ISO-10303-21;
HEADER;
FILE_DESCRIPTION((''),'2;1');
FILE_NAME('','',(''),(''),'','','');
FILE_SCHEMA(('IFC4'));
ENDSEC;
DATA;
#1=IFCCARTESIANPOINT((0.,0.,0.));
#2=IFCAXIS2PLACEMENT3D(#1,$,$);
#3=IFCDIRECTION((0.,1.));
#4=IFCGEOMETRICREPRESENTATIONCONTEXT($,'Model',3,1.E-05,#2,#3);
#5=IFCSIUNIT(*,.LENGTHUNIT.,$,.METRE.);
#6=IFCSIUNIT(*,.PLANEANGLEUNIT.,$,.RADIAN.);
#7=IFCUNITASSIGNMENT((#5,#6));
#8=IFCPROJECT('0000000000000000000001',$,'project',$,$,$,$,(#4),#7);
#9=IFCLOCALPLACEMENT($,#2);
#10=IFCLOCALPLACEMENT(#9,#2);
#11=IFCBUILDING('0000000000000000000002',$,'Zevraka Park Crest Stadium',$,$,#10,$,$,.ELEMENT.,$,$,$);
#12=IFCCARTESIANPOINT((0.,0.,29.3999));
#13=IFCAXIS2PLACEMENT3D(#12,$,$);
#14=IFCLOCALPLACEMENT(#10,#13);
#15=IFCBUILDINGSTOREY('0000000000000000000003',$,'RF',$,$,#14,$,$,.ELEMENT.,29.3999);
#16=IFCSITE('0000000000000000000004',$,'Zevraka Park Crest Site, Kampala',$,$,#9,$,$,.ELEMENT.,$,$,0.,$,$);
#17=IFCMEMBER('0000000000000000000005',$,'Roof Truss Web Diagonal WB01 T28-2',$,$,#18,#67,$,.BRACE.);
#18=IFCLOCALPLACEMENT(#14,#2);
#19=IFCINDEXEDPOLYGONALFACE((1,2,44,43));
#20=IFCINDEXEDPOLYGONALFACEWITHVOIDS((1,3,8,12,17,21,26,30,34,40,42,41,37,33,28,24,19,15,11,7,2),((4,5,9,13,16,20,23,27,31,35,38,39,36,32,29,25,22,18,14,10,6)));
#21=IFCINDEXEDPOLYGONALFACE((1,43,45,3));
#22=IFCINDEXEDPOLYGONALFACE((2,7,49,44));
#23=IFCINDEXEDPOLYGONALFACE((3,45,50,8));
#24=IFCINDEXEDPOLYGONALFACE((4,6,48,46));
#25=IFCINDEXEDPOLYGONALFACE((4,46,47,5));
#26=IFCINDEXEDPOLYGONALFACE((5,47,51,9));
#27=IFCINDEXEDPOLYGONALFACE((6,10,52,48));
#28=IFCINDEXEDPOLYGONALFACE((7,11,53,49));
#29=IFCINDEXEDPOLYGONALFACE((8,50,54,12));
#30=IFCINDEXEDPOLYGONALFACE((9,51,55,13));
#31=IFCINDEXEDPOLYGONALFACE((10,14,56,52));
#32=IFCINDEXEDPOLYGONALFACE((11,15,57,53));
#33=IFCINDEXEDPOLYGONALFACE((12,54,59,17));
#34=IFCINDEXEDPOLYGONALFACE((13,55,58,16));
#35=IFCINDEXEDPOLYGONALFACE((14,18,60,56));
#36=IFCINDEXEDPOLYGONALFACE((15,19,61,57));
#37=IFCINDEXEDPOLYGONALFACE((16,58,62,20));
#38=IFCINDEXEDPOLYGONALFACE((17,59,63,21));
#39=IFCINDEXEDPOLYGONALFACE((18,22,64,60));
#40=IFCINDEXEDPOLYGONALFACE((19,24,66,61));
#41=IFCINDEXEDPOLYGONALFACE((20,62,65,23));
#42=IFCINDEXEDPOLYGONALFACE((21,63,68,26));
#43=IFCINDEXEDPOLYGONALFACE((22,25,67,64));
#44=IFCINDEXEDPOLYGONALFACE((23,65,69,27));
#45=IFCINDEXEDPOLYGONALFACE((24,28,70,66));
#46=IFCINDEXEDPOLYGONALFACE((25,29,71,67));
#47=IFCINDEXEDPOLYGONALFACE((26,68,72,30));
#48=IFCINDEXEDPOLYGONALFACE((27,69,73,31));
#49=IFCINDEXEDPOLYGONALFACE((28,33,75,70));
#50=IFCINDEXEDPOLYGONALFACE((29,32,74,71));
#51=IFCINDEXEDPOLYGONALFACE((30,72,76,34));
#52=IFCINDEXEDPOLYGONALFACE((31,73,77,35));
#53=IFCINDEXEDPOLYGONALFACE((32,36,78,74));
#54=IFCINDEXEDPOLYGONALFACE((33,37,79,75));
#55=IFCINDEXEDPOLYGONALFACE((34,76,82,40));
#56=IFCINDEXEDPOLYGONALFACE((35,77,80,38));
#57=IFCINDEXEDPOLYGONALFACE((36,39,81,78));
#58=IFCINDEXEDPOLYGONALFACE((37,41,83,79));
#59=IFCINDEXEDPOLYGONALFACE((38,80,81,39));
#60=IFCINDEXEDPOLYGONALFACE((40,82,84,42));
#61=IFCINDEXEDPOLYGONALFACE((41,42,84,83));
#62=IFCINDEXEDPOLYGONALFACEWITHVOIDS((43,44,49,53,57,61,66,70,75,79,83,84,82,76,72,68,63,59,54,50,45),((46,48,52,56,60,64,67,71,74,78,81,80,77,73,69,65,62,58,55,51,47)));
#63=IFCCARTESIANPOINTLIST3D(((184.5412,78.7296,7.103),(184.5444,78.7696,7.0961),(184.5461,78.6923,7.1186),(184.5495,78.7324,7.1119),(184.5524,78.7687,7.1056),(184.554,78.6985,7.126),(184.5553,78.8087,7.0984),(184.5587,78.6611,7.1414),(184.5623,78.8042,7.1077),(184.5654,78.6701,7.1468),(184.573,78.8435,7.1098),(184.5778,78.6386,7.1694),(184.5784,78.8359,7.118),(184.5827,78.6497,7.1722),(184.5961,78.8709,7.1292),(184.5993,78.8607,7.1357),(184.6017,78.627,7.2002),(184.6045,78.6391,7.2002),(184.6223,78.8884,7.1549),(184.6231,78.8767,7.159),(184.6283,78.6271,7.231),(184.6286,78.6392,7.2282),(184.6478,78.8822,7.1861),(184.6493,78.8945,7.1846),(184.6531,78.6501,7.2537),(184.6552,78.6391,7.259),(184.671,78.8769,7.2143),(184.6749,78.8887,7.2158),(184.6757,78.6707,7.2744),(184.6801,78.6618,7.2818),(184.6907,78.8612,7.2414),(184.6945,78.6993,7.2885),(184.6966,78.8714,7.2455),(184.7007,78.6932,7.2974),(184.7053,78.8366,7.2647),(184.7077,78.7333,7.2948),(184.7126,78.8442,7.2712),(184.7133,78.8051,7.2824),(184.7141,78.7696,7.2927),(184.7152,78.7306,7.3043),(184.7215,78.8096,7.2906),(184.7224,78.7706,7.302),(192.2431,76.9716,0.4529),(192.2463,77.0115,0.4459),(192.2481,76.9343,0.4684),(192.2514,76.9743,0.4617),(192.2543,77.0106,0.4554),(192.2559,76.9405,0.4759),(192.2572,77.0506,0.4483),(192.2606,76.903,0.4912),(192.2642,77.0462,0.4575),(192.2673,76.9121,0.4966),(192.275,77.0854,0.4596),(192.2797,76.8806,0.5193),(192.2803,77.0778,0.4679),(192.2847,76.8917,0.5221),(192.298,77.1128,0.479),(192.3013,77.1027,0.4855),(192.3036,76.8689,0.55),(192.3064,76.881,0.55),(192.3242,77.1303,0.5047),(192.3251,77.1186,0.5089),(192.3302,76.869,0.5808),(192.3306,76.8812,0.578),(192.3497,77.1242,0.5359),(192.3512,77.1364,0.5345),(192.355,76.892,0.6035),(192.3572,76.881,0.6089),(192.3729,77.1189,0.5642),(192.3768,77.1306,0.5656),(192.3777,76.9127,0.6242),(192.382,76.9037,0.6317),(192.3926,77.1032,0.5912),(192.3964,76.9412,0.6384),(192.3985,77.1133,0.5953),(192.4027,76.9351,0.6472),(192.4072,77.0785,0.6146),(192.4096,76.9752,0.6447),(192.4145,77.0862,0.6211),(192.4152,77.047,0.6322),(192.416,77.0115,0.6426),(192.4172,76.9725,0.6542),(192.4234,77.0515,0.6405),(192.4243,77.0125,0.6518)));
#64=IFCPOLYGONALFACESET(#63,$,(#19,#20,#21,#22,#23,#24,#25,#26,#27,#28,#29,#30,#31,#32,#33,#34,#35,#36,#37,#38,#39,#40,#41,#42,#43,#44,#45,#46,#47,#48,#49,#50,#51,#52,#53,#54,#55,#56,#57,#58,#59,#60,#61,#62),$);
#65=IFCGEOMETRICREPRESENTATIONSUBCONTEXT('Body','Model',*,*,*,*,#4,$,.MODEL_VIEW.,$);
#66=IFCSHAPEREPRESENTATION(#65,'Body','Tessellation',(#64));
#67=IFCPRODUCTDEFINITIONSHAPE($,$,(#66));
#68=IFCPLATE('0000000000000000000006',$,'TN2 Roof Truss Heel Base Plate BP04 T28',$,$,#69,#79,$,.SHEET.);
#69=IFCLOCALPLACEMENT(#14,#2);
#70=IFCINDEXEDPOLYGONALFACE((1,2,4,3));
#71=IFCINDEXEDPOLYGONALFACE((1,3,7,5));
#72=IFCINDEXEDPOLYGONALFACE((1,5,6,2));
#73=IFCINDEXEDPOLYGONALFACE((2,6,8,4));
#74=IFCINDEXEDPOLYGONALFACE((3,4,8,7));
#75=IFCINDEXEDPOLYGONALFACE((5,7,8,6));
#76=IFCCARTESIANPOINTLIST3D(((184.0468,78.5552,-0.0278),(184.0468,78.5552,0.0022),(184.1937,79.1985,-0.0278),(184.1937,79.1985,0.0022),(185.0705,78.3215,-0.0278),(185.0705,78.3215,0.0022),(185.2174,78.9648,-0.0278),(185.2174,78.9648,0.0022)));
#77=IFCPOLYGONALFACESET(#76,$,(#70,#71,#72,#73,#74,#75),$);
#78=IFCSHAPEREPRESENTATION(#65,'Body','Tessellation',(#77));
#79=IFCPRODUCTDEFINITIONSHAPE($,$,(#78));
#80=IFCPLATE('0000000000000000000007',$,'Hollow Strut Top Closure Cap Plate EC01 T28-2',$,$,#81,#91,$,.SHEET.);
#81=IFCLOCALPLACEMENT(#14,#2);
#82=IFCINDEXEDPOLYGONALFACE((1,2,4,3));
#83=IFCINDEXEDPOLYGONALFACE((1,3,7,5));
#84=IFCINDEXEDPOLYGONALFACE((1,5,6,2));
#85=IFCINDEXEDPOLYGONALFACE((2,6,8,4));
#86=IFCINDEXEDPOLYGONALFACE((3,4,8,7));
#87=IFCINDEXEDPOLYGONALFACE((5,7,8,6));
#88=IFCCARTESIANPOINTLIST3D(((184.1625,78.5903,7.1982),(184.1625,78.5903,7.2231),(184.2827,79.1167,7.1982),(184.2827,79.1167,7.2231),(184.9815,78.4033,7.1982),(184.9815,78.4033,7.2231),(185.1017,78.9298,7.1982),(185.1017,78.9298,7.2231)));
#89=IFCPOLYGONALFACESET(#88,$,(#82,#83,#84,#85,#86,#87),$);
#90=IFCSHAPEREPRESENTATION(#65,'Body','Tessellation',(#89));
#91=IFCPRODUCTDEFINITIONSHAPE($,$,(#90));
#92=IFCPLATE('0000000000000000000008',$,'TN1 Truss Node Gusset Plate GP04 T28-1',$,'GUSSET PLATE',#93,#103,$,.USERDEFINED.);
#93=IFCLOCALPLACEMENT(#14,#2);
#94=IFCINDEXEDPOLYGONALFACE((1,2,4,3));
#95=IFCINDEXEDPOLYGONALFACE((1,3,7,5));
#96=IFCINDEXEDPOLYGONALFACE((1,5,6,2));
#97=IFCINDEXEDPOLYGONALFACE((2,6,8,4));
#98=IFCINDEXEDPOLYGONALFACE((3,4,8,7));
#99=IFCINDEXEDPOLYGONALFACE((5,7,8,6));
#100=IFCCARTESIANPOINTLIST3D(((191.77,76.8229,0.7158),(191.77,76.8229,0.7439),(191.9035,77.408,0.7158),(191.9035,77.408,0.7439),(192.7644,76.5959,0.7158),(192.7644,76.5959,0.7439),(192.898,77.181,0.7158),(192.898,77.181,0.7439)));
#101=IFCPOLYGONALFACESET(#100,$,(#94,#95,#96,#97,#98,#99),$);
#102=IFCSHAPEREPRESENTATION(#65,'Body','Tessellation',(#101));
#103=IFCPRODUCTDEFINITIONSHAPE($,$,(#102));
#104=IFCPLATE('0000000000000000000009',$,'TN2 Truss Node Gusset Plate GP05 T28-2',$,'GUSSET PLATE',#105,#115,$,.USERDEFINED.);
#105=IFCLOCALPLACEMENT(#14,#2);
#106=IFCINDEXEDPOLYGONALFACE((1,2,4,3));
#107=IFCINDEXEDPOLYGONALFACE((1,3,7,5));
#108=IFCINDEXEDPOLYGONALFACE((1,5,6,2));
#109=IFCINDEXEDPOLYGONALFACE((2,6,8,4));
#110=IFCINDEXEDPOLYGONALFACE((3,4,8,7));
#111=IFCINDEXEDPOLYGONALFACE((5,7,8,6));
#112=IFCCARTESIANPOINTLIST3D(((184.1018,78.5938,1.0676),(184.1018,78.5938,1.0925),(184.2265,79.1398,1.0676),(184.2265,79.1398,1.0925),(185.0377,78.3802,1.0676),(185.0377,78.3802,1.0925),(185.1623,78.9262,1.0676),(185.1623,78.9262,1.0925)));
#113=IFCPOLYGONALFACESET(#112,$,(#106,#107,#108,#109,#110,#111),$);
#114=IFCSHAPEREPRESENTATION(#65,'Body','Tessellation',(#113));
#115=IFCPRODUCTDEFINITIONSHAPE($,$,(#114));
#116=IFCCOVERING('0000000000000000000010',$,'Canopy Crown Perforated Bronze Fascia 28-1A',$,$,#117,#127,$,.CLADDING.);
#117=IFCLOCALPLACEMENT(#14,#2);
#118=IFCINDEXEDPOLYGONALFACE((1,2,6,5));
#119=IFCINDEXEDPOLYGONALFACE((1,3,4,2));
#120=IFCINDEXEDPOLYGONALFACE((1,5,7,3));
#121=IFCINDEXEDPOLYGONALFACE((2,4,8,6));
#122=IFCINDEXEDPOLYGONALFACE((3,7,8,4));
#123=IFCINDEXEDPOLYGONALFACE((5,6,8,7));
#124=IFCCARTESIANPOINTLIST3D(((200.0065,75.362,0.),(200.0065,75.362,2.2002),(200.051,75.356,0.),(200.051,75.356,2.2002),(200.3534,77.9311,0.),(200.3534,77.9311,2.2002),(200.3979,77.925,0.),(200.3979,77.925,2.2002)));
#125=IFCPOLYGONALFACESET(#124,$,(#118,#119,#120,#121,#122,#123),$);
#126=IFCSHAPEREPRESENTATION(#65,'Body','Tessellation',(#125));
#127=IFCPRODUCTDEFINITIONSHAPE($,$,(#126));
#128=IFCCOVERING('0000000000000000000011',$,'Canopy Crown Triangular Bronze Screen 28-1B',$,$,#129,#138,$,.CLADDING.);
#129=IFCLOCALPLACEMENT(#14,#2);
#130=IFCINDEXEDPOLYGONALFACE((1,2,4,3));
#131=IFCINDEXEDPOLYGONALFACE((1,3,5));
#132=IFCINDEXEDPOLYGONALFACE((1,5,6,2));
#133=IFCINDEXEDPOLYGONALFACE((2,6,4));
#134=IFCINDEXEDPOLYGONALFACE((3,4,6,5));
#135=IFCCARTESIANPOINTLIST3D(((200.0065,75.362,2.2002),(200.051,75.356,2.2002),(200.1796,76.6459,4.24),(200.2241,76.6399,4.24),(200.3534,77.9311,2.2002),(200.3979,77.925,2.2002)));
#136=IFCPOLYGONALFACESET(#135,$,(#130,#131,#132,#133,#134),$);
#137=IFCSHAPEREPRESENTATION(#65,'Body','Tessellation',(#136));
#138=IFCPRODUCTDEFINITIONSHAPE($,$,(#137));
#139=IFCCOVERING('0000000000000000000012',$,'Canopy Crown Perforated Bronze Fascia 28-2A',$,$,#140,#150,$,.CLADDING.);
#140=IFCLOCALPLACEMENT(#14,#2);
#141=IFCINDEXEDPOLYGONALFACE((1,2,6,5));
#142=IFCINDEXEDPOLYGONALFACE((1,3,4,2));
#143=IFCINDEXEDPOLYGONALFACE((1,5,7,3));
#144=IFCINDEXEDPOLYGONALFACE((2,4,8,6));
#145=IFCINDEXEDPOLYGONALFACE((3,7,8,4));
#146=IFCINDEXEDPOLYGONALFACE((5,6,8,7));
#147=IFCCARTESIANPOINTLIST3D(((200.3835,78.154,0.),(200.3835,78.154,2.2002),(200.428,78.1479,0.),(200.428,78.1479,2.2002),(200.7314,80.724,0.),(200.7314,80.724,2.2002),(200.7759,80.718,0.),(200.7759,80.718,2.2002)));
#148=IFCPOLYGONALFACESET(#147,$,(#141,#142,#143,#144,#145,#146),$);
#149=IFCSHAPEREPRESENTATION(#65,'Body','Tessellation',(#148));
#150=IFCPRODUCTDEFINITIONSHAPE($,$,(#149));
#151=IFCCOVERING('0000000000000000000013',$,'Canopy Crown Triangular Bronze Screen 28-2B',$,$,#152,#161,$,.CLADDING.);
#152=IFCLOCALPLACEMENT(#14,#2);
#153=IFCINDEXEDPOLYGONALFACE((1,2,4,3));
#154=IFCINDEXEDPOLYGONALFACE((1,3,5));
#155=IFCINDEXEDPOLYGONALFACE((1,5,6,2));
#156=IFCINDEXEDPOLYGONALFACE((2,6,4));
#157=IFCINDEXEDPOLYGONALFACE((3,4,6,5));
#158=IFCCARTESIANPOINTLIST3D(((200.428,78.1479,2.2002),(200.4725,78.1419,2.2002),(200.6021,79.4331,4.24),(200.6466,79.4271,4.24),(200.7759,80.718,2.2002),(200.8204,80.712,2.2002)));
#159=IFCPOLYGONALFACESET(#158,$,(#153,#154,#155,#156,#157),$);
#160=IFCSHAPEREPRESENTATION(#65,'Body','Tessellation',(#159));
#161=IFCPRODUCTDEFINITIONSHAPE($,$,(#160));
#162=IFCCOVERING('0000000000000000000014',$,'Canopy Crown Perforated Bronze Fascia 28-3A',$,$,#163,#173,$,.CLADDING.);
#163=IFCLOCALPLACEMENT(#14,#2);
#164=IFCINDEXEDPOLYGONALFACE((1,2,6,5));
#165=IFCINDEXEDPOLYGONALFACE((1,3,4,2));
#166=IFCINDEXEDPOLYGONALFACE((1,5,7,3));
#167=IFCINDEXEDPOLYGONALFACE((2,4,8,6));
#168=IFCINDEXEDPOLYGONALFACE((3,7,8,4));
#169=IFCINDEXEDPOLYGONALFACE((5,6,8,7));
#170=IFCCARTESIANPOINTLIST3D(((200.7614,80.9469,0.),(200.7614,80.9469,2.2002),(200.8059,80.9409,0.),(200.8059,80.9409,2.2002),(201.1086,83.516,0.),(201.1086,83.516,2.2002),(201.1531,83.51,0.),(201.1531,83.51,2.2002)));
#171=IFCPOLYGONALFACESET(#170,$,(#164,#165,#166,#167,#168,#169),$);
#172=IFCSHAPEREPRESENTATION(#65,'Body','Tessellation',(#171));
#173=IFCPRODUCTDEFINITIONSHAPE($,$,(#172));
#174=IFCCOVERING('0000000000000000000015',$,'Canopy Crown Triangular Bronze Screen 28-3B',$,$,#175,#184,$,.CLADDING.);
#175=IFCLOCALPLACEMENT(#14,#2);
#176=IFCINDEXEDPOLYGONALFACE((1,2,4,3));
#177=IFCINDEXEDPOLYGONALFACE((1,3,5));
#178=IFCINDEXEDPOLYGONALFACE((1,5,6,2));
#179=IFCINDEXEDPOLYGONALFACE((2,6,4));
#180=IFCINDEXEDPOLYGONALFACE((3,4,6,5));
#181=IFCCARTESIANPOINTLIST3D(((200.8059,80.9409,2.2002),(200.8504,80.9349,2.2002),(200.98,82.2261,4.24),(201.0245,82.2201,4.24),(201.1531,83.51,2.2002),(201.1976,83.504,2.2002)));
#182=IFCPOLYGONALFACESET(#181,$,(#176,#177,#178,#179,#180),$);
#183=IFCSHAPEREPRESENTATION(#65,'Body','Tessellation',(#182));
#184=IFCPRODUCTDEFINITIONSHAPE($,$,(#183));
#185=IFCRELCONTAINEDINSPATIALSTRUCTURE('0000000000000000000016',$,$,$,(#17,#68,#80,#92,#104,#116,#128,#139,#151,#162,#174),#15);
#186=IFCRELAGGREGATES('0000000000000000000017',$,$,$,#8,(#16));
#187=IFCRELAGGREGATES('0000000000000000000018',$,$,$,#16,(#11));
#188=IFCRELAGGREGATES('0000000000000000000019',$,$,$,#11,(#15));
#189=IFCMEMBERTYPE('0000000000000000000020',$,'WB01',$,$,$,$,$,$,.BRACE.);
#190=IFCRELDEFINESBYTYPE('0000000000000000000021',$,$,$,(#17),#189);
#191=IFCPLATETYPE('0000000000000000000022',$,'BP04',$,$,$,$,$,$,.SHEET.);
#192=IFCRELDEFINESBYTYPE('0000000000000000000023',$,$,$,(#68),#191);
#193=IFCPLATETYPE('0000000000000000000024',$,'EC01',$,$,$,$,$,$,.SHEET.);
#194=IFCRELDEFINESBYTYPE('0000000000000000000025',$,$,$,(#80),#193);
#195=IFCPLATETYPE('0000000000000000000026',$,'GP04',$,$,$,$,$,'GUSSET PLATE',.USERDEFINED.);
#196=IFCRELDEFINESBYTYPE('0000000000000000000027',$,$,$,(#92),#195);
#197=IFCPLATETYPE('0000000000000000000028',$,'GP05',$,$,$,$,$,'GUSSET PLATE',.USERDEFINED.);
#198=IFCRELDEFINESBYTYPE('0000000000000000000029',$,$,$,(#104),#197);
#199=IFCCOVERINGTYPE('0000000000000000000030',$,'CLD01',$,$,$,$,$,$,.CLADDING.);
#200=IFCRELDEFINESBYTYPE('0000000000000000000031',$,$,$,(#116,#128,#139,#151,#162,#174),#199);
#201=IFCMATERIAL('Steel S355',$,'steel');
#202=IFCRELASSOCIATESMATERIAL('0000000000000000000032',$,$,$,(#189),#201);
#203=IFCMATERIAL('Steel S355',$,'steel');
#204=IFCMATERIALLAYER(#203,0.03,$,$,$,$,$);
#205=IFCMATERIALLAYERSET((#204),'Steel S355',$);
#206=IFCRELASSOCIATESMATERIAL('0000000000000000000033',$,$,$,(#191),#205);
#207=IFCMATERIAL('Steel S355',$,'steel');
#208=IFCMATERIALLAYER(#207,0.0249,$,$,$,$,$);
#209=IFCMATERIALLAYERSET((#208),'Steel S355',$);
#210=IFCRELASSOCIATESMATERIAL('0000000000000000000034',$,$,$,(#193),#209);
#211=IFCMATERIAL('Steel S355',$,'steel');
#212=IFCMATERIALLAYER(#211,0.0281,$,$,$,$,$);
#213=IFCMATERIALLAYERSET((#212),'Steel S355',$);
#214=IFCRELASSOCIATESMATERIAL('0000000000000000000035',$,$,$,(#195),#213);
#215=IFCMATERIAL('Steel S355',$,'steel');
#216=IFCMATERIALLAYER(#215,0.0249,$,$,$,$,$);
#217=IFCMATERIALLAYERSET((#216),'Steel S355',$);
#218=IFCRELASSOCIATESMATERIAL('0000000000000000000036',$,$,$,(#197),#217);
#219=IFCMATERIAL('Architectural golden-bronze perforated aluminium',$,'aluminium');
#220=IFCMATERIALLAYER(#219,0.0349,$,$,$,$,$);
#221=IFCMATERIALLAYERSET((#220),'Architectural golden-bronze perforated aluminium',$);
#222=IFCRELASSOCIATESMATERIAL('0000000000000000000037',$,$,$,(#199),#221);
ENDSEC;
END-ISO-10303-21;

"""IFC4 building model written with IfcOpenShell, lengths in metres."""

from ifc_helpers import new_model, si_unit, direction, frame, origin, origin_2d, place, context, subcontext, project, spatial, polyline, rectangle, hollow_circle, outline, extrude, material, layer, layer_set, material_profile, profile_set, type_object, element, save


model = new_model("IFC4")

# Units and contexts
model_context = context("Model", 3, precision=1e-05, world=origin(), true_north=direction((0.0, 1.0)))
body_context = subcontext(model_context, "Body", "Model", "MODEL_VIEW")
ifc_project = project(units=[si_unit("LENGTHUNIT", "METRE"), si_unit("PLANEANGLEUNIT", "RADIAN")], contexts=[model_context])

# Site, building, storey
site_placement = place(None, origin())
site = spatial("IfcSite", under=ifc_project, at=site_placement, Name="Zevraka Park Crest Site, Kampala", CompositionType="ELEMENT", RefElevation=0.0)
building_placement = place(site_placement, origin())
building = spatial("IfcBuilding", under=site, at=building_placement, Name="Zevraka Park Crest Stadium", CompositionType="ELEMENT")
storey_placement = place(building_placement, frame((0.0, 0.0, 29.3999)))
storey = spatial("IfcBuildingStorey", under=building, at=storey_placement, Name="RF", CompositionType="ELEMENT", Elevation=29.3999)

# Member
ifc_material_1 = material(Name="Steel S355", Category="steel")
ifc_material_profile_1 = material_profile(ifc_material_1, hollow_circle(Radius=0.1365, WallThickness=0.0125, at=origin_2d()), Name="CHS 273.0x12.5")
ifc_profile_set_1 = profile_set([ifc_material_profile_1], Name="Steel S355")
member_type_1 = type_object("IfcMemberType", Name="WB01", PredefinedType="BRACE", material=ifc_profile_set_1)
member_1_placement = place(storey_placement, frame((192.334, 77.002, 0.55), z_axis=(-0.745846, 0.170249, 0.643995), x_axis=(-0.222539, -0.974924, 0.0)))
element("IfcMember", 1, at=member_1_placement, inside=storey, type_object=member_type_1, Name="Roof Truss Web Diagonal WB01 T28-2", PredefinedType="BRACE", context=body_context, shape_type="SweptSolid", body=[
    extrude(hollow_circle(Radius=0.1365, WallThickness=0.0125, at=origin_2d()), origin(), (0.0, 0.0, 1.0), 10.3264),
])

# Plates
ifc_material_2 = material(Name="Steel S355", Category="steel")
ifc_layer_1 = layer(ifc_material_2, 0.03)
ifc_layer_set_1 = layer_set([ifc_layer_1], Name="Steel S355")
plate_type_1 = type_object("IfcPlateType", Name="BP04", PredefinedType="SHEET", material=ifc_layer_set_1)
plate_1_placement = place(storey_placement, frame((184.6321, 78.76, -0.0278), z_axis=(0.0, 0.0, 1.0), x_axis=(-0.974917, 0.22257, 0.0)))
element("IfcPlate", 2, at=plate_1_placement, inside=storey, type_object=plate_type_1, Name="TN2 Roof Truss Heel Base Plate BP04 T28", PredefinedType="SHEET", context=body_context, shape_type="SweptSolid", body=[
    extrude(rectangle(XDim=1.05, YDim=0.6599, at=origin_2d()), origin(), (0.0, 0.0, 1.0), 0.03),
])
ifc_material_3 = material(Name="Steel S355", Category="steel")
ifc_layer_2 = layer(ifc_material_3, 0.0249)
ifc_layer_set_2 = layer_set([ifc_layer_2], Name="Steel S355")
plate_type_2 = type_object("IfcPlateType", Name="EC01", PredefinedType="SHEET", material=ifc_layer_set_2)
plate_2_placement = place(storey_placement, frame((184.6321, 78.76, 7.1982), z_axis=(0.0, 0.0, 1.0), x_axis=(-0.974917, 0.22257, 0.0)))
element("IfcPlate", 3, at=plate_2_placement, inside=storey, type_object=plate_type_2, Name="Hollow Strut Top Closure Cap Plate EC01 T28-2", PredefinedType="SHEET", context=body_context, shape_type="SweptSolid", body=[
    extrude(rectangle(XDim=0.8401, YDim=0.54, at=origin_2d()), origin(), (0.0, 0.0, 1.0), 0.0249),
])
ifc_material_4 = material(Name="Steel S355", Category="steel")
ifc_layer_3 = layer(ifc_material_4, 0.0281)
ifc_layer_set_3 = layer_set([ifc_layer_3], Name="Steel S355")
plate_type_3 = type_object("IfcPlateType", Name="GP04", ElementType="GUSSET PLATE", PredefinedType="USERDEFINED", material=ifc_layer_set_3)
plate_3_placement = place(storey_placement, frame((192.334, 77.002, 0.7158), z_axis=(0.0, 0.0, 1.0), x_axis=(-0.974917, 0.22257, 0.0)))
element("IfcPlate", 4, at=plate_3_placement, inside=storey, type_object=plate_type_3, Name="TN1 Truss Node Gusset Plate GP04 T28-1", ObjectType="GUSSET PLATE", PredefinedType="USERDEFINED", context=body_context, shape_type="SweptSolid", body=[
    extrude(rectangle(XDim=1.02, YDim=0.6001, at=origin_2d()), origin(), (0.0, 0.0, 1.0), 0.0281),
])
ifc_material_5 = material(Name="Steel S355", Category="steel")
ifc_layer_4 = layer(ifc_material_5, 0.0249)
ifc_layer_set_4 = layer_set([ifc_layer_4], Name="Steel S355")
plate_type_4 = type_object("IfcPlateType", Name="GP05", ElementType="GUSSET PLATE", PredefinedType="USERDEFINED", material=ifc_layer_set_4)
plate_4_placement = place(storey_placement, frame((184.6321, 78.76, 1.0676), z_axis=(0.0, 0.0, 1.0), x_axis=(-0.974917, 0.22257, 0.0)))
element("IfcPlate", 5, at=plate_4_placement, inside=storey, type_object=plate_type_4, Name="TN2 Truss Node Gusset Plate GP05 T28-2", ObjectType="GUSSET PLATE", PredefinedType="USERDEFINED", context=body_context, shape_type="SweptSolid", body=[
    extrude(rectangle(XDim=0.96, YDim=0.5601, at=origin_2d()), origin(), (0.0, 0.0, 1.0), 0.0249),
])

# Coverings
ifc_material_6 = material(Name="Architectural golden-bronze perforated aluminium", Category="aluminium")
ifc_layer_5 = layer(ifc_material_6, 0.0349)
ifc_layer_set_5 = layer_set([ifc_layer_5], Name="Architectural golden-bronze perforated aluminium")
covering_type = type_object("IfcCoveringType", Name="CLD01", PredefinedType="CLADDING", material=ifc_layer_set_5)
covering_1_placement = place(storey_placement, frame((200.051, 75.356, 0.0), z_axis=(0.991005, -0.133823, 0.0), x_axis=(0.133823, 0.991005, 0.0)))
element("IfcCovering", 6, at=covering_1_placement, inside=storey, type_object=covering_type, Name="Canopy Crown Perforated Bronze Fascia 28-1A", PredefinedType="CLADDING", context=body_context, shape_type="SweptSolid", body=[
    extrude(outline(polyline([(0.0, 0.0), (2.5924, 0.0), (2.5924, 2.2002), (0.0, 2.2002), (0.0, 0.0)])), origin(), (0.0, 0.0, -1.0), 0.0449),
])
covering_2_placement = place(storey_placement, frame((200.051, 75.356, 2.2002), z_axis=(0.991005, -0.133823, 0.000138), x_axis=(0.133823, 0.991005, 0.0)))
element("IfcCovering", 7, at=covering_2_placement, inside=storey, type_object=covering_type, Name="Canopy Crown Triangular Bronze Screen 28-1B", PredefinedType="CLADDING", context=body_context, shape_type="SweptSolid", body=[
    extrude(outline(polyline([(0.0, 0.0), (2.5924, 0.0), (1.2956, 2.0398), (0.0, 0.0)])), origin(), (0.0, 0.0, -1.0), 0.0449),
])
covering_3_placement = place(storey_placement, frame((200.428, 78.1479, 0.0), z_axis=(0.990962, -0.134143, 0.0), x_axis=(0.134143, 0.990962, 0.0)))
element("IfcCovering", 8, at=covering_3_placement, inside=storey, type_object=covering_type, Name="Canopy Crown Perforated Bronze Fascia 28-2A", PredefinedType="CLADDING", context=body_context, shape_type="SweptSolid", body=[
    extrude(outline(polyline([(0.0, 0.0), (2.5935, 0.0), (2.5935, 2.2002), (0.0, 2.2002), (0.0, 0.0)])), origin(), (0.0, 0.0, -1.0), 0.0449),
])
covering_4_placement = place(storey_placement, frame((200.428, 78.1479, 2.2002), z_axis=(-0.990962, 0.134143, 0.000051), x_axis=(0.134143, 0.990962, 0.0)))
element("IfcCovering", 9, at=covering_4_placement, inside=storey, type_object=covering_type, Name="Canopy Crown Triangular Bronze Screen 28-2B", PredefinedType="CLADDING", context=body_context, shape_type="SweptSolid", body=[
    extrude(outline(polyline([(0.0, 0.0), (2.5935, 0.0), (1.2969, -2.0398), (0.0, 0.0)])), origin(), (0.0, 0.0, -1.0), 0.0449),
])
covering_5_placement = place(storey_placement, frame((200.8059, 80.9409, 0.0), z_axis=(0.990993, -0.133915, 0.0), x_axis=(0.133915, 0.990993, 0.0)))
element("IfcCovering", 10, at=covering_5_placement, inside=storey, type_object=covering_type, Name="Canopy Crown Perforated Bronze Fascia 28-3A", PredefinedType="CLADDING", context=body_context, shape_type="SweptSolid", body=[
    extrude(outline(polyline([(0.0, 0.0), (2.5924, 0.0), (2.5924, 2.2002), (0.0, 2.2002), (0.0, 0.0)])), origin(), (0.0, 0.0, -1.0), 0.0449),
])
covering_6_placement = place(storey_placement, frame((200.8059, 80.9409, 2.2002), z_axis=(-0.990993, 0.133915, 0.000197), x_axis=(0.133915, 0.990993, 0.0)))
element("IfcCovering", 11, at=covering_6_placement, inside=storey, type_object=covering_type, Name="Canopy Crown Triangular Bronze Screen 28-3B", PredefinedType="CLADDING", context=body_context, shape_type="SweptSolid", body=[
    extrude(outline(polyline([(0.0, 0.0), (2.5924, 0.0), (1.2969, -2.0398), (0.0, 0.0)])), origin(), (0.0, 0.0, -1.0), 0.0449),
])

save(model, "model.ifc")
